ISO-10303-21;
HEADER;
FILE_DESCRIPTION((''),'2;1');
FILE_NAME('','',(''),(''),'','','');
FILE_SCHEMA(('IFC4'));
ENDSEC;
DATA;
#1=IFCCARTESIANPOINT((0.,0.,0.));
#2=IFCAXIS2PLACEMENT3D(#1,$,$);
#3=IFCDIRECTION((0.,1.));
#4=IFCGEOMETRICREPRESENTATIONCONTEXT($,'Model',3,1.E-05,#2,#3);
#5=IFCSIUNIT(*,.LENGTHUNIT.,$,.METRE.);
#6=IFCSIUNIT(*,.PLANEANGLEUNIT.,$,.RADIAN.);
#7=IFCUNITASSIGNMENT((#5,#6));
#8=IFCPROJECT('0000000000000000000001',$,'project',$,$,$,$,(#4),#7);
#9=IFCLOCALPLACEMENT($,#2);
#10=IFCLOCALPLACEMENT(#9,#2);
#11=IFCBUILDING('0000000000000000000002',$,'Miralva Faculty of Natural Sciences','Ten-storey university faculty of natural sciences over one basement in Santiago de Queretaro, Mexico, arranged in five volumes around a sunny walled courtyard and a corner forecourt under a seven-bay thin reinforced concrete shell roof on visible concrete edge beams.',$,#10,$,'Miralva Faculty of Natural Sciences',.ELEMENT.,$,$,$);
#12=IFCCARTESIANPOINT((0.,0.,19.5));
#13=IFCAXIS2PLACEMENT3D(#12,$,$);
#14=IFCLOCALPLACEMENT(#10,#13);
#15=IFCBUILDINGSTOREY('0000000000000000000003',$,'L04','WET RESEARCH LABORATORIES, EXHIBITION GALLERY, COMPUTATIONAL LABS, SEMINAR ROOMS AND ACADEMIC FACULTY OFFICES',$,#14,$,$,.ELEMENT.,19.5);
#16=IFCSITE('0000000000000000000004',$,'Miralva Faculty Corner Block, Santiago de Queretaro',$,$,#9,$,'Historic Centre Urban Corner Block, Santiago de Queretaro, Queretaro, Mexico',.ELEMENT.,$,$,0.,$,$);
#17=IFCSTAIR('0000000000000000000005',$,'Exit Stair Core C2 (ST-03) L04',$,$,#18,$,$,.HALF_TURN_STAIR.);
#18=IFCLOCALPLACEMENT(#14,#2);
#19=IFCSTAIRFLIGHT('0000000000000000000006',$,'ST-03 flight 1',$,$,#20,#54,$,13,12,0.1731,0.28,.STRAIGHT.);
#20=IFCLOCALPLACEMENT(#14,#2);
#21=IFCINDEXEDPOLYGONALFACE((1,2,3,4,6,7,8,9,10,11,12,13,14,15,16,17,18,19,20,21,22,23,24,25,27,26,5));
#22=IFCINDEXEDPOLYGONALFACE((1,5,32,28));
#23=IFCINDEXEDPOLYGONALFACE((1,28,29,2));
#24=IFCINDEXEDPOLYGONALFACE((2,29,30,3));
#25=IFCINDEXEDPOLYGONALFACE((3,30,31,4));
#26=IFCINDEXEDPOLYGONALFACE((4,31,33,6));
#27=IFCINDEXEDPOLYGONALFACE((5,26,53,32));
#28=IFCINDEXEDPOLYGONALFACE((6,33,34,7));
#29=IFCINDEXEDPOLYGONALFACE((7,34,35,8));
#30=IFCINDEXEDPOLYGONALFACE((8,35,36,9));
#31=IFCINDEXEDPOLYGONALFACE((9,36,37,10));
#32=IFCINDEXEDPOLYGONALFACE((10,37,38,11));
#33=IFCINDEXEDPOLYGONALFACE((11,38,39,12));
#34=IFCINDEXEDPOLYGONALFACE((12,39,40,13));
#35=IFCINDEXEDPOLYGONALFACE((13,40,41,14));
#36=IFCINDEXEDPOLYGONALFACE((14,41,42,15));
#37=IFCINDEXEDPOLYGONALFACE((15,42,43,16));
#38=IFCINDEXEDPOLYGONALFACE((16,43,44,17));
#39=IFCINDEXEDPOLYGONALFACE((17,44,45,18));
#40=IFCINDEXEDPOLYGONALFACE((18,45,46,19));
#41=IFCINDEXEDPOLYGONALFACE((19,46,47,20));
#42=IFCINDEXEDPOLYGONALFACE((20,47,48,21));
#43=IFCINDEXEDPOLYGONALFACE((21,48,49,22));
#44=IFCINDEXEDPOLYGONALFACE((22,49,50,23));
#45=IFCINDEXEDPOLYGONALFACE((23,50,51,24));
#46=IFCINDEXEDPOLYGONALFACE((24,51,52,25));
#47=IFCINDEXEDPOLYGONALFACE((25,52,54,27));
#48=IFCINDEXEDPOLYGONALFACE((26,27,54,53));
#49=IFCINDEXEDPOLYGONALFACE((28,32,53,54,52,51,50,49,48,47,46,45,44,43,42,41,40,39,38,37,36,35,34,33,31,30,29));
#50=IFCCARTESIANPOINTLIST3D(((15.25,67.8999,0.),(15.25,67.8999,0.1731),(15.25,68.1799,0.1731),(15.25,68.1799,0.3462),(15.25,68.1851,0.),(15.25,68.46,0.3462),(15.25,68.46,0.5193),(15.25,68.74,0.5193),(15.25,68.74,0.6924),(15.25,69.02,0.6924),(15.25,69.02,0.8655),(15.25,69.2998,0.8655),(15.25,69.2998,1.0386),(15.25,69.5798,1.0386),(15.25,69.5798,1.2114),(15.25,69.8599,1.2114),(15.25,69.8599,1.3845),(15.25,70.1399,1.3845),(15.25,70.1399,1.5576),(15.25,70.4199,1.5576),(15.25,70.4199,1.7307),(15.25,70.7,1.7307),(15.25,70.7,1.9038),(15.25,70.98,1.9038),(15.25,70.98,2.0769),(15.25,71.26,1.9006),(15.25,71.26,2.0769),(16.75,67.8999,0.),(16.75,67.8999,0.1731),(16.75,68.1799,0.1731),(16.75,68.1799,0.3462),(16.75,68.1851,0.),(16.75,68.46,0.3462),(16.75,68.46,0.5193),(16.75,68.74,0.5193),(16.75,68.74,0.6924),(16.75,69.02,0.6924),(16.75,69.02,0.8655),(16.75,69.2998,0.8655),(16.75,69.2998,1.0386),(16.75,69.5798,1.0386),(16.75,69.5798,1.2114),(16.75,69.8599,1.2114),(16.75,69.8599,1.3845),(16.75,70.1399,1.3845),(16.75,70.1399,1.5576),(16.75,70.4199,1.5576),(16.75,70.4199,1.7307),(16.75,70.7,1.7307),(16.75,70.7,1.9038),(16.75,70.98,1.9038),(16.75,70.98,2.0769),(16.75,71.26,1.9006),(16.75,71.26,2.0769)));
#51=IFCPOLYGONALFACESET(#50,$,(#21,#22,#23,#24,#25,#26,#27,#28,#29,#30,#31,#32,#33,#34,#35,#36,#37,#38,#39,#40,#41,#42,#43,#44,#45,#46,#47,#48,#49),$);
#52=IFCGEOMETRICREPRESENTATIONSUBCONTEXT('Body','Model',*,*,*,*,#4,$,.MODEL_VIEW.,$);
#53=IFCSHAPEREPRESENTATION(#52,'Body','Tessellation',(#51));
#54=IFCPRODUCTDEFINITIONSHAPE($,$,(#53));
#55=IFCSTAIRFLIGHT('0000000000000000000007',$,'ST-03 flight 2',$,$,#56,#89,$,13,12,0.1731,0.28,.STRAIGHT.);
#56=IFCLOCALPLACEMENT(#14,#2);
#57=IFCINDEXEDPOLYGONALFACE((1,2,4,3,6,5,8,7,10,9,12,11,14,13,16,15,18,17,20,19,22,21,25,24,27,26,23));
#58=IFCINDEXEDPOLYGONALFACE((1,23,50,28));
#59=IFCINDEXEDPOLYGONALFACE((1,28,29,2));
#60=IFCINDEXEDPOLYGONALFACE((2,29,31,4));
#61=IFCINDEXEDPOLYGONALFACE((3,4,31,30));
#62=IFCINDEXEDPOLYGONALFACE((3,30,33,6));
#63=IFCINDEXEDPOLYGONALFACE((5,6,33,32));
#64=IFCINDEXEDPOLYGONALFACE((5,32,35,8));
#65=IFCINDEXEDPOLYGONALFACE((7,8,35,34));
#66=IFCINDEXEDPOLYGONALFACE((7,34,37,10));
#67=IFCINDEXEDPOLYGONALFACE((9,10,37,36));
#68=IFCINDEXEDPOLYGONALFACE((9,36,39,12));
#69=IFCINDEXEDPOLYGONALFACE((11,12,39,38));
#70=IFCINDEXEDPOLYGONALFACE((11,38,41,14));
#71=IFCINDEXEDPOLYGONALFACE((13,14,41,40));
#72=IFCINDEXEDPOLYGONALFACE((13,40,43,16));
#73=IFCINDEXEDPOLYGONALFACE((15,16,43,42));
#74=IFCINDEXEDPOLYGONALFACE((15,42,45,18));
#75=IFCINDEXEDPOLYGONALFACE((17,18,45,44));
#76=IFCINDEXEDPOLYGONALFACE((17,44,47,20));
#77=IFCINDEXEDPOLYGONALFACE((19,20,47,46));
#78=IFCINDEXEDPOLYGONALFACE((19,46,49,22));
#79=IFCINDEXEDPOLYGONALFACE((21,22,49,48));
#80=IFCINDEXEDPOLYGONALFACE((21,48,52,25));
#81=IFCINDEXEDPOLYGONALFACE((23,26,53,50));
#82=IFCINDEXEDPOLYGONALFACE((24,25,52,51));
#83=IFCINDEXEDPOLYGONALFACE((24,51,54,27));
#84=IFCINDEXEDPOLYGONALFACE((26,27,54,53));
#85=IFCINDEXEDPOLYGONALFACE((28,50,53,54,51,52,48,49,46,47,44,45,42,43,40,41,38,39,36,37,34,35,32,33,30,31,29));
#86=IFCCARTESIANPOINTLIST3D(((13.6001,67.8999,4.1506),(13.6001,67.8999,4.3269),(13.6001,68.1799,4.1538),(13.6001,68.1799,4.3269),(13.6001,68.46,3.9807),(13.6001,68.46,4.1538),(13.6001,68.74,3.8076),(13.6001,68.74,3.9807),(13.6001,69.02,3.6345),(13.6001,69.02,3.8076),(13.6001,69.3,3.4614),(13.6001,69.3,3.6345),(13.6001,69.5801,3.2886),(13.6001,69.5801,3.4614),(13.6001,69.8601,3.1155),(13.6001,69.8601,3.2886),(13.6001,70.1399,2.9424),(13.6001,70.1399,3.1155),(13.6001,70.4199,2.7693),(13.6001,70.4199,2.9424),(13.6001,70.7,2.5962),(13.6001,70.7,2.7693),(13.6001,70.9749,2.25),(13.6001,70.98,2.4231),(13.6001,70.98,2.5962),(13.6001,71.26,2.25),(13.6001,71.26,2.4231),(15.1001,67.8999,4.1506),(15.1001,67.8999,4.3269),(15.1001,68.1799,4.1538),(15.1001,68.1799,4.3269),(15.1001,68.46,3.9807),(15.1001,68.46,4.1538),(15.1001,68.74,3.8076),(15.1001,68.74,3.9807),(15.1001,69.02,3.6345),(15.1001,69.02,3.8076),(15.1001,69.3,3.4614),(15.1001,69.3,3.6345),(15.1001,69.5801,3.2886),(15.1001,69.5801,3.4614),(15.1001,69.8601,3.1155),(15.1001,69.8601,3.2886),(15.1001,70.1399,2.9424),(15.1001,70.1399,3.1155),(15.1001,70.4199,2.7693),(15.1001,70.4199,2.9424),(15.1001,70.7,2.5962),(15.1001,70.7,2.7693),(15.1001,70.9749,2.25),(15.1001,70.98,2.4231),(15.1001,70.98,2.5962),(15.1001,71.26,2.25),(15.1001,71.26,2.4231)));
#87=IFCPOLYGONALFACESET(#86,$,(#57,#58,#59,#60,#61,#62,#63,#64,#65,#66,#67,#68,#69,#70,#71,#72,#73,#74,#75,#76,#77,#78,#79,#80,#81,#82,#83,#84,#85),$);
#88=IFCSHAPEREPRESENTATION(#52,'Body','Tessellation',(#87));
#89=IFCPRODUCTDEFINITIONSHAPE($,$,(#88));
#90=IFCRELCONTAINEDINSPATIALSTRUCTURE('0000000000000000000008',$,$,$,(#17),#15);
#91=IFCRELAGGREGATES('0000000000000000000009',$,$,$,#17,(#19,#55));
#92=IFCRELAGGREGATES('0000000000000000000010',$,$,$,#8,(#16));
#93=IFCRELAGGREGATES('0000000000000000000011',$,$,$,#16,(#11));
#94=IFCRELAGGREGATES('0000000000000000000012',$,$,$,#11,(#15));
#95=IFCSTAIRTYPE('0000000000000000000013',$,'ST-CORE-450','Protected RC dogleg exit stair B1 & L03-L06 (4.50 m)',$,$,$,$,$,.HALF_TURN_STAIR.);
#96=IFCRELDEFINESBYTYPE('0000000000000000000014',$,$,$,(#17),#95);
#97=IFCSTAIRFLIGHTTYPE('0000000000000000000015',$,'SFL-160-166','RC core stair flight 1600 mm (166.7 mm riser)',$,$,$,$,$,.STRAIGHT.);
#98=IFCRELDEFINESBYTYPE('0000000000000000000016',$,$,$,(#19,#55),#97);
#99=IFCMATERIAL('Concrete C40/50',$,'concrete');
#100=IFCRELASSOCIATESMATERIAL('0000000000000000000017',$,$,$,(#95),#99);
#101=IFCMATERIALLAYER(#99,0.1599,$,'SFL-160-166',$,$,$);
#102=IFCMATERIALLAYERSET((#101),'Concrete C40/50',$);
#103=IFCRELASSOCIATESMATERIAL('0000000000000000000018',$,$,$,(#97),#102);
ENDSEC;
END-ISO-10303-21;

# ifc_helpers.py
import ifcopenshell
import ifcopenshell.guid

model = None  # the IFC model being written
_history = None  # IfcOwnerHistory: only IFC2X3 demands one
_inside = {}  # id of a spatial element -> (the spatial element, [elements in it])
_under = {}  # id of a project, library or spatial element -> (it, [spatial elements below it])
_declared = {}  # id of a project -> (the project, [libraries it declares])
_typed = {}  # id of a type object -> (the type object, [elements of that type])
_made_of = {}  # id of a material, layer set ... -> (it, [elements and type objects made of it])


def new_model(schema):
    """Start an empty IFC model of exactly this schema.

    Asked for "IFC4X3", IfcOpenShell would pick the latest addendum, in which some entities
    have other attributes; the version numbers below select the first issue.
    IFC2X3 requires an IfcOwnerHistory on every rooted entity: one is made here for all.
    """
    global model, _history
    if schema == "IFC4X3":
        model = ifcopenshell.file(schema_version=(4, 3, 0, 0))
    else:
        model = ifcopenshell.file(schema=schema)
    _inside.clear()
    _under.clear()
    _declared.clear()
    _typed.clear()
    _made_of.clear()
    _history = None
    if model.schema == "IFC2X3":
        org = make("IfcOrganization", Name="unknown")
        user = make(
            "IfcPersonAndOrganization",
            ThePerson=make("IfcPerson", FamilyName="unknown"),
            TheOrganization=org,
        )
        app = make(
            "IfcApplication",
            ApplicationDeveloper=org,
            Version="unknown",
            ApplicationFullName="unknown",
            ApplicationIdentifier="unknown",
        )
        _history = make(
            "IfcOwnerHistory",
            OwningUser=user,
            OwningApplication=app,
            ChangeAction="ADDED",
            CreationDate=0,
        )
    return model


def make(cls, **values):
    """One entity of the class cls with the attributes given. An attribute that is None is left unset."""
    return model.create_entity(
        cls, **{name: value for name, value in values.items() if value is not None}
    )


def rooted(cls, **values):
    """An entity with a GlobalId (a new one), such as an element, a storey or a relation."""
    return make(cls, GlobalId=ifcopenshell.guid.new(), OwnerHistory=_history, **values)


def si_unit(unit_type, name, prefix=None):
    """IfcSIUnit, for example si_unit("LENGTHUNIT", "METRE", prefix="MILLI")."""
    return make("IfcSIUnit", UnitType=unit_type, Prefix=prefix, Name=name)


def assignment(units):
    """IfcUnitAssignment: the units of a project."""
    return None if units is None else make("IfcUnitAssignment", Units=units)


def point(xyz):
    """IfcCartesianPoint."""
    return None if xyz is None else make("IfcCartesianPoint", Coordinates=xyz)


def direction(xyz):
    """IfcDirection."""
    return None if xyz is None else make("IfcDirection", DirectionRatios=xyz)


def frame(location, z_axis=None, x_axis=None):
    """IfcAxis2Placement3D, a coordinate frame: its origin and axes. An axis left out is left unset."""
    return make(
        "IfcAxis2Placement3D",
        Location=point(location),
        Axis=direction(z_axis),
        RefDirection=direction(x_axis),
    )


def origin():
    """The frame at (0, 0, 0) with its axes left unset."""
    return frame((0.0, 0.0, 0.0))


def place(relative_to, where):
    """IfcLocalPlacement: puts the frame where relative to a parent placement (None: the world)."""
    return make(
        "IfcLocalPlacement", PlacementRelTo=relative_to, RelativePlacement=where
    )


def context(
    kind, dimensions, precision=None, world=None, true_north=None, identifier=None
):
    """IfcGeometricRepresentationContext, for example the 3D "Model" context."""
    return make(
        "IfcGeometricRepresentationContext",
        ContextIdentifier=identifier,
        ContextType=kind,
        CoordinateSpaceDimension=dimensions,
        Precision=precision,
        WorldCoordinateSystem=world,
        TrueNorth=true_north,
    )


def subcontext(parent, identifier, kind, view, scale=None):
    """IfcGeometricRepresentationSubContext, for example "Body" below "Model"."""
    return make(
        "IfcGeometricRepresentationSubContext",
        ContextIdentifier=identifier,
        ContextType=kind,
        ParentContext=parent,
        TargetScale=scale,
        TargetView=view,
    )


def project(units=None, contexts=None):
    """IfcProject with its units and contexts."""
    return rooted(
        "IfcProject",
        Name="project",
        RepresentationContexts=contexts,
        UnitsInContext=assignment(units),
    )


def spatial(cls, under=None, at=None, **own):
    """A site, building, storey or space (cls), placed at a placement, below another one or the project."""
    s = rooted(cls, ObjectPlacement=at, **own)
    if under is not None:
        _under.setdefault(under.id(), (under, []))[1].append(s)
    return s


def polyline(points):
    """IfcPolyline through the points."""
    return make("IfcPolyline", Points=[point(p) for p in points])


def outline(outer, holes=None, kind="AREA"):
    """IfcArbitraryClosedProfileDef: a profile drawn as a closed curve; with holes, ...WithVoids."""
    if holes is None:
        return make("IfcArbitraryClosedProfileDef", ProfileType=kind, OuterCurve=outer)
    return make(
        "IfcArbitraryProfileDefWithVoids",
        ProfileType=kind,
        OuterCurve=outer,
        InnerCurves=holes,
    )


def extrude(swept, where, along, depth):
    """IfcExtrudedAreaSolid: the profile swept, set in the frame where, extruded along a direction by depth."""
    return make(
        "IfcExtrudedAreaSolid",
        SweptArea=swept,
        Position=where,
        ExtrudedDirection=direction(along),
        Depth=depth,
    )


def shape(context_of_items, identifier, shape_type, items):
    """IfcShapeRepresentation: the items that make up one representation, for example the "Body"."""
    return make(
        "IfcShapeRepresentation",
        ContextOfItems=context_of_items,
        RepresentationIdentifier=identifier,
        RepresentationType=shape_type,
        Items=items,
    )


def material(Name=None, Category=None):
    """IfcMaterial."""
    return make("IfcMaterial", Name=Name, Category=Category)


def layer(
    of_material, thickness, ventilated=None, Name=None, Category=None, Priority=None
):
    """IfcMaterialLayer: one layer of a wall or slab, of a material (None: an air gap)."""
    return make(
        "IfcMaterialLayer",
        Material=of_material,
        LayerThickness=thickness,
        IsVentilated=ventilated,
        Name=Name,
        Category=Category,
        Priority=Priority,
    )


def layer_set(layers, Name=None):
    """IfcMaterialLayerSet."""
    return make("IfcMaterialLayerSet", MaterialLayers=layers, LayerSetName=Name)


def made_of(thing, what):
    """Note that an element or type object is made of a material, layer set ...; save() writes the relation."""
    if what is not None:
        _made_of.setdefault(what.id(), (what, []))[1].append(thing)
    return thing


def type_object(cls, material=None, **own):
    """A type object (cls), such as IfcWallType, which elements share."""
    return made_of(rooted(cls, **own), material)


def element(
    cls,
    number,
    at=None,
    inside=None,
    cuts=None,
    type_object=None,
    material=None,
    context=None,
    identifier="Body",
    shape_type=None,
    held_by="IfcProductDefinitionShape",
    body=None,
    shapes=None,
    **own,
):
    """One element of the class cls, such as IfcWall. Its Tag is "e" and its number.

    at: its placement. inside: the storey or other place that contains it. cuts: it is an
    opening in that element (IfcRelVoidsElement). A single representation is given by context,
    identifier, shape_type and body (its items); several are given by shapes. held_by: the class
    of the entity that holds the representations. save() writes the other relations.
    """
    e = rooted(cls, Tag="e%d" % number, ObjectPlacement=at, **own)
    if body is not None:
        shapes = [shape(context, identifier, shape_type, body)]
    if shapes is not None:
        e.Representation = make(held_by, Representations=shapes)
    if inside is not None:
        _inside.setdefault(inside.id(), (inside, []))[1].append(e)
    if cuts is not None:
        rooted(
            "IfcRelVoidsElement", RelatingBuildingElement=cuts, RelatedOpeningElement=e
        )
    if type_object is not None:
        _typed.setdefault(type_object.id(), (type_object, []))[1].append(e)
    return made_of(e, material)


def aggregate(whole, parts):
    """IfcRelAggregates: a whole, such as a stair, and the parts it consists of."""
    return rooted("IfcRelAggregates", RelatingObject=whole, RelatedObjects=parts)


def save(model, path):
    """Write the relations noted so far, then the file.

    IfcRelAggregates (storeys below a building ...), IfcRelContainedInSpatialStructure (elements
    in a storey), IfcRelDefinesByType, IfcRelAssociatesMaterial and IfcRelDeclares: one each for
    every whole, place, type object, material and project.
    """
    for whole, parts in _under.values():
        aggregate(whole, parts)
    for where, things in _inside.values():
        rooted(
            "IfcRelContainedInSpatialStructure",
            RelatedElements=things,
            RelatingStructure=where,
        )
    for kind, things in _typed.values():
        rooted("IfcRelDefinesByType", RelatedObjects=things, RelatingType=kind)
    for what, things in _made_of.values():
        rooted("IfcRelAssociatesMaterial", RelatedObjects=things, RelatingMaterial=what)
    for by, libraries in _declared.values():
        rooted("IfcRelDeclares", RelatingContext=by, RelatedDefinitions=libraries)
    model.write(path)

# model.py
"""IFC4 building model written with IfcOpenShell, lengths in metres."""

from ifc_helpers import new_model, si_unit, direction, frame, origin, place, context, subcontext, project, spatial, polyline, outline, extrude, material, layer, layer_set, type_object, element, aggregate, save


model = new_model("IFC4")

# Units and contexts
model_context = context("Model", 3, precision=1e-05, world=origin(), true_north=direction((0.0, 1.0)))
body_context = subcontext(model_context, "Body", "Model", "MODEL_VIEW")
ifc_project = project(units=[si_unit("LENGTHUNIT", "METRE"), si_unit("PLANEANGLEUNIT", "RADIAN")], contexts=[model_context])

# Site, building, storey
site_placement = place(None, origin())
site = spatial("IfcSite", under=ifc_project, at=site_placement, Name="Miralva Faculty Corner Block, Santiago de Queretaro", LongName="Historic Centre Urban Corner Block, Santiago de Queretaro, Queretaro, Mexico", CompositionType="ELEMENT", RefElevation=0.0)
building_placement = place(site_placement, origin())
building = spatial("IfcBuilding", under=site, at=building_placement, Name="Miralva Faculty of Natural Sciences", Description="Ten-storey university faculty of natural sciences over one basement in Santiago de Queretaro, Mexico, arranged in five volumes around a sunny walled courtyard and a corner forecourt under a seven-bay thin reinforced concrete shell roof on visible concrete edge beams.", LongName="Miralva Faculty of Natural Sciences", CompositionType="ELEMENT")
storey_placement = place(building_placement, frame((0.0, 0.0, 19.5)))
storey = spatial("IfcBuildingStorey", under=building, at=storey_placement, Name="L04", Description="WET RESEARCH LABORATORIES, EXHIBITION GALLERY, COMPUTATIONAL LABS, SEMINAR ROOMS AND ACADEMIC FACULTY OFFICES", CompositionType="ELEMENT", Elevation=19.5)

# Shared definitions
ifc_material_1 = material(Name="Concrete C40/50", Category="concrete")

# Stair, stair flights
stair_type = type_object("IfcStairType", Name="ST-CORE-450", Description="Protected RC dogleg exit stair B1 & L03-L06 (4.50 m)", PredefinedType="HALF_TURN_STAIR", material=ifc_material_1)
stair_placement = place(storey_placement, origin())
stair = element("IfcStair", 1, at=stair_placement, inside=storey, type_object=stair_type, Name="Exit Stair Core C2 (ST-03) L04", PredefinedType="HALF_TURN_STAIR")
ifc_layer_1 = layer(ifc_material_1, 0.1599, Name="SFL-160-166")
ifc_layer_set_1 = layer_set([ifc_layer_1], Name="Concrete C40/50")
stair_flight_type = type_object("IfcStairFlightType", Name="SFL-160-166", Description="RC core stair flight 1600 mm (166.7 mm riser)", PredefinedType="STRAIGHT", material=ifc_layer_set_1)
stair_flight_1_placement = place(storey_placement, frame((16.0, 67.8999, 0.0), z_axis=(0.0, 0.0, 1.0), x_axis=(0.0, 1.0, 0.0)))
stair_flight_1 = element("IfcStairFlight", 2, at=stair_flight_1_placement, type_object=stair_flight_type, Name="ST-03 flight 1", NumberOfRisers=13, NumberOfTreads=12, PredefinedType="STRAIGHT", RiserHeight=0.1731, TreadLength=0.28, context=body_context, shape_type="SweptSolid", body=[
    extrude(outline(polyline([(0.0, 0.0), (0.0, 0.1731), (0.28, 0.1731), (0.28, 0.3462), (0.5601, 0.3462), (0.5601, 0.5193), (0.8401, 0.5193), (0.8401, 0.6924), (1.1201, 0.6924), (1.1201, 0.8655), (1.3999, 0.8655), (1.3999, 1.0386), (1.6799, 1.0386), (1.6799, 1.2114), (1.96, 1.2114), (1.96, 1.3845), (2.24, 1.3845), (2.24, 1.5576), (2.52, 1.5576), (2.52, 1.7307), (2.8, 1.7307), (2.8, 1.9038), (3.0801, 1.9038), (3.0801, 2.0769), (3.3601, 2.0769), (3.3601, 2.25), (3.3601, 1.9006), (0.2852, 0.0), (0.0, 0.0)])), frame((0.0, 0.75, 0.0), z_axis=(0.0, -1.0, 0.0), x_axis=(1.0, 0.0, 0.0)), (0.0, 0.0, 1.0), 1.5),
])
stair_flight_2_placement = place(storey_placement, frame((14.3501, 71.26, 2.25), z_axis=(0.0, 0.0, 1.0), x_axis=(0.0, -1.0, 0.0)))
stair_flight_2 = element("IfcStairFlight", 3, at=stair_flight_2_placement, type_object=stair_flight_type, Name="ST-03 flight 2", NumberOfRisers=13, NumberOfTreads=12, PredefinedType="STRAIGHT", RiserHeight=0.1731, TreadLength=0.28, context=body_context, shape_type="SweptSolid", body=[
    extrude(outline(polyline([(0.0, 0.0), (0.0, 0.1731), (0.28, 0.1731), (0.28, 0.3462), (0.5601, 0.3462), (0.5601, 0.5193), (0.8401, 0.5193), (0.8401, 0.6924), (1.1201, 0.6924), (1.1201, 0.8655), (1.3999, 0.8655), (1.3999, 1.0386), (1.6799, 1.0386), (1.6799, 1.2114), (1.96, 1.2114), (1.96, 1.3845), (2.24, 1.3845), (2.24, 1.5576), (2.52, 1.5576), (2.52, 1.7307), (2.8, 1.7307), (2.8, 1.9038), (3.0801, 1.9038), (3.0801, 2.0769), (3.3601, 2.0769), (3.3601, 2.25), (3.3601, 1.9006), (0.2852, 0.0), (0.0, 0.0)])), frame((0.0, 0.75, 0.0), z_axis=(0.0, -1.0, 0.0), x_axis=(1.0, 0.0, 0.0)), (0.0, 0.0, 1.0), 1.5),
])
aggregate(stair, [stair_flight_1, stair_flight_2])

save(model, "model.ifc")
